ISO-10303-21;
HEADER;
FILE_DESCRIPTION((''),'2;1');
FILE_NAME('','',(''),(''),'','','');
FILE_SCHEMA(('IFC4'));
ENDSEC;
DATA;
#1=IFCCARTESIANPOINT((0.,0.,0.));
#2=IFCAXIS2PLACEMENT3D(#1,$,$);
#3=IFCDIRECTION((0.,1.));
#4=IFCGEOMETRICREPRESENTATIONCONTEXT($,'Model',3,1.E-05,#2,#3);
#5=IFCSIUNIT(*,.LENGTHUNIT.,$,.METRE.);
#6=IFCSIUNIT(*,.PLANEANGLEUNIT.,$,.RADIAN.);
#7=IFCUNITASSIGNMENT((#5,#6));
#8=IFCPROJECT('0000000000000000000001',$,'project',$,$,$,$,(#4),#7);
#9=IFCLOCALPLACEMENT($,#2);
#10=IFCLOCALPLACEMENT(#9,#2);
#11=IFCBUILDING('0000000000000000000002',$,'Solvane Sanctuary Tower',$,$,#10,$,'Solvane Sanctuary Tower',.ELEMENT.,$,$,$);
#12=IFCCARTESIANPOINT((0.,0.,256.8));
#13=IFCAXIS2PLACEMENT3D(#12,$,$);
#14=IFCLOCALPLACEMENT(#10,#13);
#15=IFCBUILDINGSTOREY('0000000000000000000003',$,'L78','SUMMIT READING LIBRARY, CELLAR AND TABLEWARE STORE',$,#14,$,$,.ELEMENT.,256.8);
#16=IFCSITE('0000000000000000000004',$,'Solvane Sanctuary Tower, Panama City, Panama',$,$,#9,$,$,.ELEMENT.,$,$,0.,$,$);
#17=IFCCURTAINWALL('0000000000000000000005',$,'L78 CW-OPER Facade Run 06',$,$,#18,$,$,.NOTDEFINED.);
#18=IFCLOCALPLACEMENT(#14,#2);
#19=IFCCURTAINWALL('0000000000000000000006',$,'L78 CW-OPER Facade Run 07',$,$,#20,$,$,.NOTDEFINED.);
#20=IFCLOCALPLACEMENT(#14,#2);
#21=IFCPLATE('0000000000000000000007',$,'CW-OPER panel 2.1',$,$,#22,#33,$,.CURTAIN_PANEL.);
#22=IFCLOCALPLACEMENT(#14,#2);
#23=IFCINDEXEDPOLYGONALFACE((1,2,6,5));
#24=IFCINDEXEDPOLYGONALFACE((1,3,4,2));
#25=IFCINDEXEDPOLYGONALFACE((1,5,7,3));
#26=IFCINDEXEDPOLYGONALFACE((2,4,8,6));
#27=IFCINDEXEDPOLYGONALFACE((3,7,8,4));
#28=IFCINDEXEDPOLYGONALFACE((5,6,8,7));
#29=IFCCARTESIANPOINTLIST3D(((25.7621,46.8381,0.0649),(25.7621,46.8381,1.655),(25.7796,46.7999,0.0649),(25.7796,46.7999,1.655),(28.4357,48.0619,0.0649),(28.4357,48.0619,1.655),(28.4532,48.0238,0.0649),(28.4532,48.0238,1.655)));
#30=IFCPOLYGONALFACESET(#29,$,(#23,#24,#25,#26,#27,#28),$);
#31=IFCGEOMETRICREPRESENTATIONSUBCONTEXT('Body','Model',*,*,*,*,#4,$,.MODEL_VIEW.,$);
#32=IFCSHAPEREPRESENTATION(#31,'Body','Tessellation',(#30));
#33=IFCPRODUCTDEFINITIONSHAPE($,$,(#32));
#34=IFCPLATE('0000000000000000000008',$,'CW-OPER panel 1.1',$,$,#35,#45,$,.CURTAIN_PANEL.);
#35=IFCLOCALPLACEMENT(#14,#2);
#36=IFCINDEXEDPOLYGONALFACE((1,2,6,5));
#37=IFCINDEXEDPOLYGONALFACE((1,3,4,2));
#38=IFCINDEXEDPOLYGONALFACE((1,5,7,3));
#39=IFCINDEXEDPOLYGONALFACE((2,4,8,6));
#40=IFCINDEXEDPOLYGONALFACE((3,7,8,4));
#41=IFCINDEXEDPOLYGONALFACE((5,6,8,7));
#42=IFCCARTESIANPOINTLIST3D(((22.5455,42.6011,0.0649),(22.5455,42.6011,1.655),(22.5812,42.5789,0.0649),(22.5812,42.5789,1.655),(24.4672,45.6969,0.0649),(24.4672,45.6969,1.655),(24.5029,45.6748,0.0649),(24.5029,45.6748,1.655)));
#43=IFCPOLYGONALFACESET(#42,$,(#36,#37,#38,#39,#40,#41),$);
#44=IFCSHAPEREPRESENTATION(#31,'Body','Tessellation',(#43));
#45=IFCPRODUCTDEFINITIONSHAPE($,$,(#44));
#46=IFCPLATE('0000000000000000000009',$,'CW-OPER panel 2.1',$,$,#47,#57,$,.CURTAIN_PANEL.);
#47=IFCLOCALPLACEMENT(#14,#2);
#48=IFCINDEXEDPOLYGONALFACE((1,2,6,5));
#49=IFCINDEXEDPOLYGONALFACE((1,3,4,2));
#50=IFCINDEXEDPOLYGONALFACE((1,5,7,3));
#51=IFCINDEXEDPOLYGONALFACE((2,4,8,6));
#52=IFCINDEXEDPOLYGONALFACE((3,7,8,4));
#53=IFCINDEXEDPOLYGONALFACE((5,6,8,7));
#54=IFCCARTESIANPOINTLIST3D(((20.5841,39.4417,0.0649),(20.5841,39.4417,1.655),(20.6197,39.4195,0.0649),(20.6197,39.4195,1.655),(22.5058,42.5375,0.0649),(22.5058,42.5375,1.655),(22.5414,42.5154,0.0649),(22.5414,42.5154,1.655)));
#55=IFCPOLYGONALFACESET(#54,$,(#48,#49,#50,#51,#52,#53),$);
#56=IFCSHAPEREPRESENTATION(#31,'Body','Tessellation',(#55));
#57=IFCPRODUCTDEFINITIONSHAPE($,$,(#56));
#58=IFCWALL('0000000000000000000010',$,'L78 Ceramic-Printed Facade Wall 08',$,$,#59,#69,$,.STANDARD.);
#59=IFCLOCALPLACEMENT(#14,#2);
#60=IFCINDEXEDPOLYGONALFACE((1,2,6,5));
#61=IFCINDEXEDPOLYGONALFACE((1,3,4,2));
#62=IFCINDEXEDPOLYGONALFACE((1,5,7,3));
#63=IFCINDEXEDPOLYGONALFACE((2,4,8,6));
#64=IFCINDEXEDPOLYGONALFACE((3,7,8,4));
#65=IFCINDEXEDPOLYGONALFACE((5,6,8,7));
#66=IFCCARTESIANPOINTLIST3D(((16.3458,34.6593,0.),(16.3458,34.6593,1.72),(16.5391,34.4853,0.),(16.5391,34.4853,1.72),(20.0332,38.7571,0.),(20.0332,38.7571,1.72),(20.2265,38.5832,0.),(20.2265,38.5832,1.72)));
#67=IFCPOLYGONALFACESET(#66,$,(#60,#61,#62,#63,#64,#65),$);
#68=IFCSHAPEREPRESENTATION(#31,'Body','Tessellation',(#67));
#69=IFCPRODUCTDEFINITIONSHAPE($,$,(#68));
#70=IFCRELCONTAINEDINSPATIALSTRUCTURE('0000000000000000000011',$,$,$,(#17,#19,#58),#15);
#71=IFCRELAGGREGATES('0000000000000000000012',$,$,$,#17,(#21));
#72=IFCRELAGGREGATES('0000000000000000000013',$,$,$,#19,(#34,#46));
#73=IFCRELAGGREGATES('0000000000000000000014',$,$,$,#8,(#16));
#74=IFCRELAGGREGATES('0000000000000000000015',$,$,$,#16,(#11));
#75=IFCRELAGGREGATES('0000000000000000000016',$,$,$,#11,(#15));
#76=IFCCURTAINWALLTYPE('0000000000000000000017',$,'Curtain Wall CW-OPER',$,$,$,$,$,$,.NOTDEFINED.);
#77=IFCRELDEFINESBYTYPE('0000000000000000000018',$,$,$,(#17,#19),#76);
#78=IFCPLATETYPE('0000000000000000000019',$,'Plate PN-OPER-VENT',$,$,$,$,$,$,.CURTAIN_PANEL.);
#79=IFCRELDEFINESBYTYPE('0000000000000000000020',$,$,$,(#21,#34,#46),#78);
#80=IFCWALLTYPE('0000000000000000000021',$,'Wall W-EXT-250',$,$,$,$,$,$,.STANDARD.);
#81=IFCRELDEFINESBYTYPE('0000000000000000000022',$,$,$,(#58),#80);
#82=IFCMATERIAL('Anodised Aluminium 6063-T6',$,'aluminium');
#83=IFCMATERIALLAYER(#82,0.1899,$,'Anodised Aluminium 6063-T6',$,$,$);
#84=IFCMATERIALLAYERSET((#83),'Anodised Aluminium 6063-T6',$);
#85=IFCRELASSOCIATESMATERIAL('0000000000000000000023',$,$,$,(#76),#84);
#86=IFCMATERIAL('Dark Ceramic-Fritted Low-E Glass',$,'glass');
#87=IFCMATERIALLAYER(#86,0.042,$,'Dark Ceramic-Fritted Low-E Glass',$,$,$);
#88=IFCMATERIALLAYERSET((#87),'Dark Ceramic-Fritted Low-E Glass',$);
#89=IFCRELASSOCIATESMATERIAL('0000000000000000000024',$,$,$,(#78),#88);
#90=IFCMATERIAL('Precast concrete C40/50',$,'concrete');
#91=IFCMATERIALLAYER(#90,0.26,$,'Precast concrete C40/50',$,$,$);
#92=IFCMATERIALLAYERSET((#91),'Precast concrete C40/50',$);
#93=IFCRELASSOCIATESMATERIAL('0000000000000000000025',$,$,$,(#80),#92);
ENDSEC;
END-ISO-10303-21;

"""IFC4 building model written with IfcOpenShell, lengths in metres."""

from ifc_helpers import new_model, si_unit, direction, frame, frame_2d, origin, origin_2d, place, context, subcontext, project, spatial, rectangle, extrude, material, layer, layer_set, type_object, element, aggregate, save


model = new_model("IFC4")

# Units and contexts
model_context = context("Model", 3, precision=1e-05, world=origin(), true_north=direction((0.0, 1.0)))
body_context = subcontext(model_context, "Body", "Model", "MODEL_VIEW")
ifc_project = project(units=[si_unit("LENGTHUNIT", "METRE"), si_unit("PLANEANGLEUNIT", "RADIAN")], contexts=[model_context])

# Site, building, storey
site_placement = place(None, origin())
site = spatial("IfcSite", under=ifc_project, at=site_placement, Name="Solvane Sanctuary Tower, Panama City, Panama", CompositionType="ELEMENT", RefElevation=0.0)
building_placement = place(site_placement, origin())
building = spatial("IfcBuilding", under=site, at=building_placement, Name="Solvane Sanctuary Tower", LongName="Solvane Sanctuary Tower", CompositionType="ELEMENT")
storey_placement = place(building_placement, frame((0.0, 0.0, 256.8)))
storey = spatial("IfcBuildingStorey", under=building, at=storey_placement, Name="L78", Description="SUMMIT READING LIBRARY, CELLAR AND TABLEWARE STORE", CompositionType="ELEMENT", Elevation=256.8)

# Curtain walls
ifc_material_1 = material(Name="Anodised Aluminium 6063-T6", Category="aluminium")
ifc_layer_1 = layer(ifc_material_1, 0.1899, Name="Anodised Aluminium 6063-T6")
ifc_layer_set_1 = layer_set([ifc_layer_1], Name="Anodised Aluminium 6063-T6")
curtain_wall_type = type_object("IfcCurtainWallType", Name="Curtain Wall CW-OPER", PredefinedType="NOTDEFINED", material=ifc_layer_set_1)
curtain_wall_1_placement = place(storey_placement, origin())
curtain_wall_1 = element("IfcCurtainWall", 1, at=curtain_wall_1_placement, inside=storey, type_object=curtain_wall_type, Name="L78 CW-OPER Facade Run 06", PredefinedType="NOTDEFINED")
curtain_wall_2_placement = place(storey_placement, origin())
curtain_wall_2 = element("IfcCurtainWall", 2, at=curtain_wall_2_placement, inside=storey, type_object=curtain_wall_type, Name="L78 CW-OPER Facade Run 07", PredefinedType="NOTDEFINED")

# Plates
ifc_material_2 = material(Name="Dark Ceramic-Fritted Low-E Glass", Category="glass")
ifc_layer_2 = layer(ifc_material_2, 0.042, Name="Dark Ceramic-Fritted Low-E Glass")
ifc_layer_set_2 = layer_set([ifc_layer_2], Name="Dark Ceramic-Fritted Low-E Glass")
plate_type = type_object("IfcPlateType", Name="Plate PN-OPER-VENT", PredefinedType="CURTAIN_PANEL", material=ifc_layer_set_2)
plate_1_placement = place(storey_placement, frame((27.1077, 47.4309, 0.0649), z_axis=(0.0, 0.0, 1.0), x_axis=(-0.909262, -0.416225, 0.0)))
plate_1 = element("IfcPlate", 3, at=plate_1_placement, type_object=plate_type, Name="CW-OPER panel 2.1", PredefinedType="CURTAIN_PANEL", context=body_context, shape_type="SweptSolid", body=[
    extrude(rectangle(XDim=2.9404, YDim=0.042, at=origin_2d()), origin(), (0.0, 0.0, 1.0), 1.5901),
])
aggregate(curtain_wall_1, [plate_1])
plate_2_placement = place(storey_placement, frame((23.5242, 44.1379, 0.0649), z_axis=(0.0, 0.0, 1.0), x_axis=(-0.527392, -0.849622, 0.0)))
plate_2 = element("IfcPlate", 4, at=plate_2_placement, type_object=plate_type, Name="CW-OPER panel 1.1", PredefinedType="CURTAIN_PANEL", context=body_context, shape_type="SweptSolid", body=[
    extrude(rectangle(XDim=3.6438, YDim=0.042, at=origin_2d()), origin(), (0.0, 0.0, 1.0), 1.5901),
])
plate_3_placement = place(storey_placement, frame((21.5627, 40.9785, 0.0649), z_axis=(0.0, 0.0, 1.0), x_axis=(-0.527392, -0.849622, 0.0)))
plate_3 = element("IfcPlate", 5, at=plate_3_placement, type_object=plate_type, Name="CW-OPER panel 2.1", PredefinedType="CURTAIN_PANEL", context=body_context, shape_type="SweptSolid", body=[
    extrude(rectangle(XDim=3.6438, YDim=0.042, at=origin_2d()), origin(), (0.0, 0.0, 1.0), 1.5901),
])
aggregate(curtain_wall_2, [plate_2, plate_3])

# Wall
ifc_material_3 = material(Name="Precast concrete C40/50", Category="concrete")
ifc_layer_3 = layer(ifc_material_3, 0.26, Name="Precast concrete C40/50")
ifc_layer_set_3 = layer_set([ifc_layer_3], Name="Precast concrete C40/50")
wall_type = type_object("IfcWallType", Name="Wall W-EXT-250", PredefinedType="STANDARD", material=ifc_layer_set_3)
wall_placement = place(storey_placement, frame((20.1299, 38.6702, 0.0), z_axis=(0.0, 0.0, 1.0), x_axis=(-0.668904, -0.743349, 0.0)))
element("IfcWall", 6, at=wall_placement, inside=storey, type_object=wall_type, Name="L78 Ceramic-Printed Facade Wall 08", PredefinedType="STANDARD", context=body_context, shape_type="SweptSolid", body=[
    extrude(rectangle(XDim=5.5127, YDim=0.26, at=frame_2d((2.7563, 0.0))), origin(), (0.0, 0.0, 1.0), 1.72),
])

save(model, "model.ifc")
